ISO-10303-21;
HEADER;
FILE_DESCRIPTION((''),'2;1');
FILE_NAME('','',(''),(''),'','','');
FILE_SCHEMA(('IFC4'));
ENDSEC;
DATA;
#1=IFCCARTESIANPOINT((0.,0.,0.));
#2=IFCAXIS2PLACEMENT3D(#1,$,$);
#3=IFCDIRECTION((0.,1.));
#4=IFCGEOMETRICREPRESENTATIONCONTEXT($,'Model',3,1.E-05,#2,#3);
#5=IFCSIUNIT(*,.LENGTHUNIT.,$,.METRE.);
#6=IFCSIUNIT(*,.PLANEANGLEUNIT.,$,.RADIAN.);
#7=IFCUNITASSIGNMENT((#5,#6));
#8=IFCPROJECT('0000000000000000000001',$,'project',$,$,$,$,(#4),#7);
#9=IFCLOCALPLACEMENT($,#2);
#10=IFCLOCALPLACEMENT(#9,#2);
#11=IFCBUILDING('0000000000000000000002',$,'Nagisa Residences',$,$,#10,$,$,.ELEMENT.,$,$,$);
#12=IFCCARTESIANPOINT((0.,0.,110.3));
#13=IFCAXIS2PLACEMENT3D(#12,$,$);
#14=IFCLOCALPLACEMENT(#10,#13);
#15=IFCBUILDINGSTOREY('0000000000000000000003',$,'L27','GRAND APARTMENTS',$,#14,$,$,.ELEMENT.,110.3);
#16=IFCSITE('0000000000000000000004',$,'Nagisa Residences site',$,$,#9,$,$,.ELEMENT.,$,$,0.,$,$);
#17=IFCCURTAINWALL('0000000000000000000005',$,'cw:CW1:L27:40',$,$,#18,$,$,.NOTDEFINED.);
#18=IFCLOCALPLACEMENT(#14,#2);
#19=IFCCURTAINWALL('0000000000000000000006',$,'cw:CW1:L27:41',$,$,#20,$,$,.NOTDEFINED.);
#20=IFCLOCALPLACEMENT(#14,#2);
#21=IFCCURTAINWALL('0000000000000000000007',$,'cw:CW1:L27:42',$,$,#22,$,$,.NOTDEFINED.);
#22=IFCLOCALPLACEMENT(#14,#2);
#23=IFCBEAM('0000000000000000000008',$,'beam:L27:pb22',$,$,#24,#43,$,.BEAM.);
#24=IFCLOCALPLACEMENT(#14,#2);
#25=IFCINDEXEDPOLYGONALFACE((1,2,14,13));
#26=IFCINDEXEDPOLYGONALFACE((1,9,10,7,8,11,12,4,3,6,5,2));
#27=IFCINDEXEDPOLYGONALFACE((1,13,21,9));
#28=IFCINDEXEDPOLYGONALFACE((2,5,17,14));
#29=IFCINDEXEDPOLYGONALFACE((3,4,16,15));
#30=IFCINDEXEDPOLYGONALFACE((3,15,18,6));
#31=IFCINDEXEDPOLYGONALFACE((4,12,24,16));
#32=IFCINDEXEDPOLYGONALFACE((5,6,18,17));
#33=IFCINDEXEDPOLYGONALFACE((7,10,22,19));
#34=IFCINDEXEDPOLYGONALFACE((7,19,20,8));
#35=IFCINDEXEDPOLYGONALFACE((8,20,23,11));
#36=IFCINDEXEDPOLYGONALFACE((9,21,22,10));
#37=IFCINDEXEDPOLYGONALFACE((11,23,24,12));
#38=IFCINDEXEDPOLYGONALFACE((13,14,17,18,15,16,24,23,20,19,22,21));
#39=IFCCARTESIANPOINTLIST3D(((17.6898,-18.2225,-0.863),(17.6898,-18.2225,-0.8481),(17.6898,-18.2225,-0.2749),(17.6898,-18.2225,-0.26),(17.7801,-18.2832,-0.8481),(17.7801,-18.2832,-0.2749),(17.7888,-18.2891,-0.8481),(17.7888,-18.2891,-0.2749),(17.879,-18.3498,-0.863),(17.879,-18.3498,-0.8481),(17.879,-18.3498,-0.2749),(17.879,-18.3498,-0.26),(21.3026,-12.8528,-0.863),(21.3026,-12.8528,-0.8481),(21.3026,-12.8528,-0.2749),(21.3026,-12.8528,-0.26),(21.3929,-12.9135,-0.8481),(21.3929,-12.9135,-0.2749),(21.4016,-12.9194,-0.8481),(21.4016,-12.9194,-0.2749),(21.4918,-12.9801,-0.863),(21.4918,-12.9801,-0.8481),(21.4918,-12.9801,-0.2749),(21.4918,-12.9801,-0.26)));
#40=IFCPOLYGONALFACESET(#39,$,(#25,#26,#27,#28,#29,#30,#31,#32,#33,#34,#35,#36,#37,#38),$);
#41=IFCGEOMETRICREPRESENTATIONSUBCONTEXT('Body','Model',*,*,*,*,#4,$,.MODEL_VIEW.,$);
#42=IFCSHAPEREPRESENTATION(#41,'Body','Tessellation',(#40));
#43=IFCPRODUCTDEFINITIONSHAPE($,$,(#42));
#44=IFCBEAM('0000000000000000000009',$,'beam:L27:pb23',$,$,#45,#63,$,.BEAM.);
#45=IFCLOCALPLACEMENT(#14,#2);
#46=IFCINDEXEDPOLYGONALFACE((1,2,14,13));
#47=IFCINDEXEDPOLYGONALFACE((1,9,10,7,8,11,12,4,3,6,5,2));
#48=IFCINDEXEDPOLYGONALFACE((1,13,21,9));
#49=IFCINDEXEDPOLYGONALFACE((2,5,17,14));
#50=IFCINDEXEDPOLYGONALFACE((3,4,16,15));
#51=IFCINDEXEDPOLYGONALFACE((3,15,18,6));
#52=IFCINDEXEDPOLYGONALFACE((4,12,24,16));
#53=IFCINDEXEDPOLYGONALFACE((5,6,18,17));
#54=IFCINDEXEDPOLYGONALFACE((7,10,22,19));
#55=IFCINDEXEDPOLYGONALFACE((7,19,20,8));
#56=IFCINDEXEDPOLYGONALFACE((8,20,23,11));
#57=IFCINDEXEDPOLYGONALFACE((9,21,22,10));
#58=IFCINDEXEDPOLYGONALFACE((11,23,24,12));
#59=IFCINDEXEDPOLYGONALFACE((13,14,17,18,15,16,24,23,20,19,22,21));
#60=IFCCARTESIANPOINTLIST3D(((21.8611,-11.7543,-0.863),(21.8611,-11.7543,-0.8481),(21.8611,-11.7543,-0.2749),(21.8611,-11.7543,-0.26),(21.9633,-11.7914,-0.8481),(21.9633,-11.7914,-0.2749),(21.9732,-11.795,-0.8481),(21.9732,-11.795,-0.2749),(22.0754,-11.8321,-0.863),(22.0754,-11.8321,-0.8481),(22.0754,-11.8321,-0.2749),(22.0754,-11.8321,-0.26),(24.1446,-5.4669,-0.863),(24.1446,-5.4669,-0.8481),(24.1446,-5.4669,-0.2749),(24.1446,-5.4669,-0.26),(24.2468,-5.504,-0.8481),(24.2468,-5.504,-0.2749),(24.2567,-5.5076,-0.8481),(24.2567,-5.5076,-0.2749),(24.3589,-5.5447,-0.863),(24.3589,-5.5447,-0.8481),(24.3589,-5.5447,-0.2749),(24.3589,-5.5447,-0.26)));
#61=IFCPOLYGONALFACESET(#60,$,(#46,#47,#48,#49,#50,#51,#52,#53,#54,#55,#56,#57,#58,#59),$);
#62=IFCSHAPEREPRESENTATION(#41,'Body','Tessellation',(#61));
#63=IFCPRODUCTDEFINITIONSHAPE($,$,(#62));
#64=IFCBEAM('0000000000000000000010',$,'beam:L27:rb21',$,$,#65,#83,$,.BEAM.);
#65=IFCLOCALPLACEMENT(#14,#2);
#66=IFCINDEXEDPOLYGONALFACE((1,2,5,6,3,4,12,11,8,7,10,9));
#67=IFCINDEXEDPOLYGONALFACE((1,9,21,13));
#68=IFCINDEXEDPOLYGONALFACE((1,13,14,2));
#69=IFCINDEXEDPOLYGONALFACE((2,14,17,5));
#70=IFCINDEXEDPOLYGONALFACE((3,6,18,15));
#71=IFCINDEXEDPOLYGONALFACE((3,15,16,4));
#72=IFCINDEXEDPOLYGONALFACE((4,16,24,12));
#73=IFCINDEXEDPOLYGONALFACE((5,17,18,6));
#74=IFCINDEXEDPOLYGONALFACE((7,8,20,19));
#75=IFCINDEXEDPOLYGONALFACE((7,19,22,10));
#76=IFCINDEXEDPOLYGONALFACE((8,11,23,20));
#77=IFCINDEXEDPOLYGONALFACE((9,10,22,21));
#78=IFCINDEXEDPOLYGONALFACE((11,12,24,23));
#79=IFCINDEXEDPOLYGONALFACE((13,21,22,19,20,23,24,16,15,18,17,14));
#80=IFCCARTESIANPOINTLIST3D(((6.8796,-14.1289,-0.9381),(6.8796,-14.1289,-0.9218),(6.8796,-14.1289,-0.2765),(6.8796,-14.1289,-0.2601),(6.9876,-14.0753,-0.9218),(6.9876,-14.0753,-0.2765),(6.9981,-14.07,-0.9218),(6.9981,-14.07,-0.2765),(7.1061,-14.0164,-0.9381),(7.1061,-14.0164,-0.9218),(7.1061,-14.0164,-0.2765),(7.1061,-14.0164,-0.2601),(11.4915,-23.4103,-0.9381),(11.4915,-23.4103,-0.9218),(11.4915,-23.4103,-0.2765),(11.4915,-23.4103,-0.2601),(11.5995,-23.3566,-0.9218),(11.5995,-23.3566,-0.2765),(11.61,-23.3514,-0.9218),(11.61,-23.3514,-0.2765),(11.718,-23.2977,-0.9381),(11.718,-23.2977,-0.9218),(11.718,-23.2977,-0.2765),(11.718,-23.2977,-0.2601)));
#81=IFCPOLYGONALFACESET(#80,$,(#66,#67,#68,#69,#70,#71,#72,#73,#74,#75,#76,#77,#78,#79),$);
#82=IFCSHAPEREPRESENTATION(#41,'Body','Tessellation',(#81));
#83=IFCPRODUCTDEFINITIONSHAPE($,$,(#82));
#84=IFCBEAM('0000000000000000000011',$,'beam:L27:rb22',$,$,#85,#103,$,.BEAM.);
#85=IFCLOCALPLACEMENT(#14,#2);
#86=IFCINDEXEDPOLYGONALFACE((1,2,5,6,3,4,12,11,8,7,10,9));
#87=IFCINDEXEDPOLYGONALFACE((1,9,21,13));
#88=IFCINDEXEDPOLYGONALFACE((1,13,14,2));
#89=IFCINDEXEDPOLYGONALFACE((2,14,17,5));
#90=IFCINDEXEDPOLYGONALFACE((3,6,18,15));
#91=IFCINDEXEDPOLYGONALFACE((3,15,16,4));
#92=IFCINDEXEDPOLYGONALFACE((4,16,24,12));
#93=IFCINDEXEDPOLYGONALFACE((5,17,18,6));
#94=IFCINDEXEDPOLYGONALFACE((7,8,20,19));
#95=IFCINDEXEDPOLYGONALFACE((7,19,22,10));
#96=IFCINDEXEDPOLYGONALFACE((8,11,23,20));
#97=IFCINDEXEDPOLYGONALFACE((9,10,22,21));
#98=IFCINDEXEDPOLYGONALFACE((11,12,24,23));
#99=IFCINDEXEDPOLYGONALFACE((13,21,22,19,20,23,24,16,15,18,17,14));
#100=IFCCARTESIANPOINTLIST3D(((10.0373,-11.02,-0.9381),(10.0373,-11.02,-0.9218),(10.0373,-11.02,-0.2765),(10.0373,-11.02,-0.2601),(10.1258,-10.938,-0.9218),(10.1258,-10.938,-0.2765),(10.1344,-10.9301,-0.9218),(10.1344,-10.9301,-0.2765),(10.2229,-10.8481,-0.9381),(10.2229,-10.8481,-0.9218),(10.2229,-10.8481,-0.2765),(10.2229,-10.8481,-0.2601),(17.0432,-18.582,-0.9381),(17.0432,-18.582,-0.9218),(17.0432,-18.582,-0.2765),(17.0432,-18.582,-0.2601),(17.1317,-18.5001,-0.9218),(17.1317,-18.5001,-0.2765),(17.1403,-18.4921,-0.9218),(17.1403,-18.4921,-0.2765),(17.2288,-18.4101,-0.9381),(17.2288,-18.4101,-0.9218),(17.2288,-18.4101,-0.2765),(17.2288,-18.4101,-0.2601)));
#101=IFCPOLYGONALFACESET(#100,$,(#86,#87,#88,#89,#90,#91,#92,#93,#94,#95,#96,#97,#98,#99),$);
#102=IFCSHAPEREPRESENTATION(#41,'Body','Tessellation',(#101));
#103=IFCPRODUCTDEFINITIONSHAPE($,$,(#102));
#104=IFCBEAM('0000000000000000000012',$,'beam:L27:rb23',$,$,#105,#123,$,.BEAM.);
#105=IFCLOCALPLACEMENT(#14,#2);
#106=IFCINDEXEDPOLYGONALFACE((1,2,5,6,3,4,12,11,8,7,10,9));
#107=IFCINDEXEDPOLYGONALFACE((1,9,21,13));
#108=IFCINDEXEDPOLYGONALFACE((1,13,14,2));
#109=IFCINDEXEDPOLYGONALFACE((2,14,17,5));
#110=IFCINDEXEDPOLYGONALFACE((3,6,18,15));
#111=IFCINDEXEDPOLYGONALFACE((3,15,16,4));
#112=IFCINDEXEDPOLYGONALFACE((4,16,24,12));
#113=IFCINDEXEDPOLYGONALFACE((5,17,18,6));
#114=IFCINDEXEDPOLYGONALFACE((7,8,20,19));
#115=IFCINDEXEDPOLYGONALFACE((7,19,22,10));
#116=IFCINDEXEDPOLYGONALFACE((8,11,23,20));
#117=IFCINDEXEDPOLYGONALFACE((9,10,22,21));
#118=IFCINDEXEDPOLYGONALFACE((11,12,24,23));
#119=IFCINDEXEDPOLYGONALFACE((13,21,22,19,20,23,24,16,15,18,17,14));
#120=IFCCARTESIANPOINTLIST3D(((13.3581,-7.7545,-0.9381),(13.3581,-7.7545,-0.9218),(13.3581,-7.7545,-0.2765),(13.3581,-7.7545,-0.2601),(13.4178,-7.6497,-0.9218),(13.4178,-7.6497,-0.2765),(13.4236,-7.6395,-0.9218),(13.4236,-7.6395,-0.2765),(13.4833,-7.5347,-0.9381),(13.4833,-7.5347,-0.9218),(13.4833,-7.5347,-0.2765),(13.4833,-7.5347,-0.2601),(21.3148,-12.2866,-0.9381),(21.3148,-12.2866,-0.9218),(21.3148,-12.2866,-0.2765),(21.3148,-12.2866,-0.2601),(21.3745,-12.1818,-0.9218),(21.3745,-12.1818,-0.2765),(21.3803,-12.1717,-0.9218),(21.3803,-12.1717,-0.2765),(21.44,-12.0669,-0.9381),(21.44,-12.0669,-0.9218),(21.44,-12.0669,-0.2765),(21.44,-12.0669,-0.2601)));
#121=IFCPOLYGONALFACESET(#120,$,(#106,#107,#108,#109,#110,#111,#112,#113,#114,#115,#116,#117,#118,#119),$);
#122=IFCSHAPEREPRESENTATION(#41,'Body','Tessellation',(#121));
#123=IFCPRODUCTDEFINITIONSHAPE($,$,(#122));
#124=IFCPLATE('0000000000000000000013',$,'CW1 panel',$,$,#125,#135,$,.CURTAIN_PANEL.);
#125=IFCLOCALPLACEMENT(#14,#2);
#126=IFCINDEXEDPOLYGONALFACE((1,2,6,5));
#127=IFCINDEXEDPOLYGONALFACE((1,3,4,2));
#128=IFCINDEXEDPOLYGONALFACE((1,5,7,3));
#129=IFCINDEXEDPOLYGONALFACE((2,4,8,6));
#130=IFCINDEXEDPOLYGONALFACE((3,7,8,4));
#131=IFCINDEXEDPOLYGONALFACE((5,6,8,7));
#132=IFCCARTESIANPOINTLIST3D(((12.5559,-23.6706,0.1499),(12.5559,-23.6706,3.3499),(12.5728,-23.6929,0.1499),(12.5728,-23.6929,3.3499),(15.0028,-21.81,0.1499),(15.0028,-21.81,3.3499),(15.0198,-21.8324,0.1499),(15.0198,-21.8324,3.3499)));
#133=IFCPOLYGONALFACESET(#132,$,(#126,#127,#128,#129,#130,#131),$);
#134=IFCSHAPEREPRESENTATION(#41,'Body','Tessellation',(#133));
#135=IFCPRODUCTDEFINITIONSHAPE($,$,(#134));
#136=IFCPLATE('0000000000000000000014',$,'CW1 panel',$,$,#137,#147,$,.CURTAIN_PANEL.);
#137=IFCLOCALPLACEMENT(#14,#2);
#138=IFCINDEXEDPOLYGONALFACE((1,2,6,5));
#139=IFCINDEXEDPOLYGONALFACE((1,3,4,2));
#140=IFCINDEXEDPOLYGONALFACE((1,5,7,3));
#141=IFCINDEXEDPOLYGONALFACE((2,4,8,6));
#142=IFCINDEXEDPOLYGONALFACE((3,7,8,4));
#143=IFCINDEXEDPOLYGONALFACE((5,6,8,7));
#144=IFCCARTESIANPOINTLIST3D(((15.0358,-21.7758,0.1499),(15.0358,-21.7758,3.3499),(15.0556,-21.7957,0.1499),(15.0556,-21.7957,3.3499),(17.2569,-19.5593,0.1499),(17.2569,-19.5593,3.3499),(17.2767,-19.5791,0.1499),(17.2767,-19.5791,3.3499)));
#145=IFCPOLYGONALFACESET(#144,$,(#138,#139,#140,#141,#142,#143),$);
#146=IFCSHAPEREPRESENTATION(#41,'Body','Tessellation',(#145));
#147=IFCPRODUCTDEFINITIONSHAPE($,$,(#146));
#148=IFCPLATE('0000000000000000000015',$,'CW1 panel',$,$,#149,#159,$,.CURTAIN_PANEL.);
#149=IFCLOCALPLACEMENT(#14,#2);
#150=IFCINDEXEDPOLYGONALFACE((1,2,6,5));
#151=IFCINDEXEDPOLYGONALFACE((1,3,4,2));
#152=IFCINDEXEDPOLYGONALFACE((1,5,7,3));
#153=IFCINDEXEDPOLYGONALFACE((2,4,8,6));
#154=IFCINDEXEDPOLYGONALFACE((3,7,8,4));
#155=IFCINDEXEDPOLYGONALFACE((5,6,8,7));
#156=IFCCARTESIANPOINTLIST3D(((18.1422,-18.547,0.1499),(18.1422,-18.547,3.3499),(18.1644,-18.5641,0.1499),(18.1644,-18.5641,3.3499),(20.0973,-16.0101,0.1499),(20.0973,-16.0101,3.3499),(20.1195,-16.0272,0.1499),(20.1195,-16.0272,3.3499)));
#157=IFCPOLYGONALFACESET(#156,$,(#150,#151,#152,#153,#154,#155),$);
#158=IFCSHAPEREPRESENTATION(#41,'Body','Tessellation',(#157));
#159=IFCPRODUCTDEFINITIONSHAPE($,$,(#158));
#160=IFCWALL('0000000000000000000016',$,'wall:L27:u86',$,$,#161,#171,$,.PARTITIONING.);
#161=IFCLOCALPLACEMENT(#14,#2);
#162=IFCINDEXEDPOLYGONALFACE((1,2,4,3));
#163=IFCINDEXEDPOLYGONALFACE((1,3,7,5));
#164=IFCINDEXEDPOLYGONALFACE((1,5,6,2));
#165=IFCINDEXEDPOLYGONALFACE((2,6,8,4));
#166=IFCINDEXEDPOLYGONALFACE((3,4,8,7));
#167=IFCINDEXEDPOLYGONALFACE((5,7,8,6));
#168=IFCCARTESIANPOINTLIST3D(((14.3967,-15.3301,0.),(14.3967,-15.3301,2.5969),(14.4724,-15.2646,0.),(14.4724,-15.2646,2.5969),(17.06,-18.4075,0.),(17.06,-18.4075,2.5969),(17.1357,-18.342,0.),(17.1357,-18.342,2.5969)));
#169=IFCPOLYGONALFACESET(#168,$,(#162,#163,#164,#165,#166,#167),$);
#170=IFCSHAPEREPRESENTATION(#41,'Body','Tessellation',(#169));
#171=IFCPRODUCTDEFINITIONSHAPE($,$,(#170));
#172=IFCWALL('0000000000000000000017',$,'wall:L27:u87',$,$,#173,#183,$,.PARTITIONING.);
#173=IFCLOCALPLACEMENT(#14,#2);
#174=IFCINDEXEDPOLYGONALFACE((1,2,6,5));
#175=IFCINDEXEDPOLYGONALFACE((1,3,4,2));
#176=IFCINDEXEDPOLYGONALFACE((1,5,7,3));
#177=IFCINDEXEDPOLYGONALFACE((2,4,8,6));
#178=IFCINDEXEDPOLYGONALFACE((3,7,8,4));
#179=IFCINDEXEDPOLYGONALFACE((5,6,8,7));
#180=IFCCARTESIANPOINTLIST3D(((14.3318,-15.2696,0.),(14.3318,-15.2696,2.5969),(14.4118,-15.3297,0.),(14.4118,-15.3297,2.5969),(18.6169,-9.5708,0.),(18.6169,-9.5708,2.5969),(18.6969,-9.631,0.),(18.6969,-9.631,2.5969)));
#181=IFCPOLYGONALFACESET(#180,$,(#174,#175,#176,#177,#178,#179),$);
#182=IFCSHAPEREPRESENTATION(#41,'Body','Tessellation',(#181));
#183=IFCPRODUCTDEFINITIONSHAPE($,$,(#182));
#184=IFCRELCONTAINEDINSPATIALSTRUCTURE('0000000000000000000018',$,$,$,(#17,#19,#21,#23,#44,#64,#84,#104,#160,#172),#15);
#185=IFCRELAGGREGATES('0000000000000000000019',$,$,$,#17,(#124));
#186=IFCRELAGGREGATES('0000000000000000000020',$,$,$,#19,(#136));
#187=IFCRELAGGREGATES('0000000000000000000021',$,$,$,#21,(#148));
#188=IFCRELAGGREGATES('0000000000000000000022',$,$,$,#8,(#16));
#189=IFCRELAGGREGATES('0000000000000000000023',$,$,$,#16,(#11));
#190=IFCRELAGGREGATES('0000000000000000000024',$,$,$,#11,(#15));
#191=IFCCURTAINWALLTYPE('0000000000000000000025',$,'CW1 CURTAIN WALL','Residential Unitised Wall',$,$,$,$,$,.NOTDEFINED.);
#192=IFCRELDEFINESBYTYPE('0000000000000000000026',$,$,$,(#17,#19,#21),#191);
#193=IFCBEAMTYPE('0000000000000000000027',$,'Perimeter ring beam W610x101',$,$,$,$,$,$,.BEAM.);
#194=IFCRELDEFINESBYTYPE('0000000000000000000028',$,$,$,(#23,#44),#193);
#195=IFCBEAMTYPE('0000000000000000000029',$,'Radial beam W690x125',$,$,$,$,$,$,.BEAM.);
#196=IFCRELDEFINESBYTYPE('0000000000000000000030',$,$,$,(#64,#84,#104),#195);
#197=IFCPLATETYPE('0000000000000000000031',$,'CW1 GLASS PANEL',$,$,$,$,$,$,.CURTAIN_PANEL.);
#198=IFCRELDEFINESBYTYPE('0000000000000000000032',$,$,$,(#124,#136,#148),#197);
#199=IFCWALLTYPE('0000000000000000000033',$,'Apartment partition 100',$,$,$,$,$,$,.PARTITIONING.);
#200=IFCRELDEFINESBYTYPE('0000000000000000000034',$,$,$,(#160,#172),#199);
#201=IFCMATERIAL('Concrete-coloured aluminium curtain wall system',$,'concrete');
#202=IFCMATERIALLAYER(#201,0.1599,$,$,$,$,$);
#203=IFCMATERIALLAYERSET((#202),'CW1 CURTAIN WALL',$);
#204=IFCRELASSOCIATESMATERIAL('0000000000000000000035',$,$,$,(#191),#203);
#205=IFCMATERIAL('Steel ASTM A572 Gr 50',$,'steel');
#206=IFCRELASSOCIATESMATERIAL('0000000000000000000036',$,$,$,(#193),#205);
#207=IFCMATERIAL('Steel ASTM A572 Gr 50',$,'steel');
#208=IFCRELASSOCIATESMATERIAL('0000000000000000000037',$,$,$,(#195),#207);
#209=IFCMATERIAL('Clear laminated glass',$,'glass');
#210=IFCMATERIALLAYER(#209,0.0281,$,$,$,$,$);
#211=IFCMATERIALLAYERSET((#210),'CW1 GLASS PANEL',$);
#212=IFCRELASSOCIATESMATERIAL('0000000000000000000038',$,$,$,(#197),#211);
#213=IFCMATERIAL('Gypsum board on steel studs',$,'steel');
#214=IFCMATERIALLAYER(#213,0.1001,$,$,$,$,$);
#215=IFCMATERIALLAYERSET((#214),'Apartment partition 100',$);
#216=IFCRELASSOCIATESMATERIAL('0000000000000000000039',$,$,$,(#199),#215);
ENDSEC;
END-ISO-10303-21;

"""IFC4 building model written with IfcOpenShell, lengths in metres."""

from ifc_helpers import new_model, si_unit, direction, frame, frame_2d, origin, origin_2d, place, context, subcontext, project, spatial, rectangle, i_section, extrude, material, layer, layer_set, material_profile, profile_set, type_object, element, aggregate, save


model = new_model("IFC4")

# Units and contexts
model_context = context("Model", 3, precision=1e-05, world=origin(), true_north=direction((0.0, 1.0)))
body_context = subcontext(model_context, "Body", "Model", "MODEL_VIEW")
ifc_project = project(units=[si_unit("LENGTHUNIT", "METRE"), si_unit("PLANEANGLEUNIT", "RADIAN")], contexts=[model_context])

# Site, building, storey
site_placement = place(None, origin())
site = spatial("IfcSite", under=ifc_project, at=site_placement, Name="Nagisa Residences site", CompositionType="ELEMENT", RefElevation=0.0)
building_placement = place(site_placement, origin())
building = spatial("IfcBuilding", under=site, at=building_placement, Name="Nagisa Residences", CompositionType="ELEMENT")
storey_placement = place(building_placement, frame((0.0, 0.0, 110.3)))
storey = spatial("IfcBuildingStorey", under=building, at=storey_placement, Name="L27", Description="GRAND APARTMENTS", CompositionType="ELEMENT", Elevation=110.3)

# Curtain walls
ifc_material_1 = material(Name="Concrete-coloured aluminium curtain wall system", Category="concrete")
ifc_layer_1 = layer(ifc_material_1, 0.1599)
ifc_layer_set_1 = layer_set([ifc_layer_1], Name="CW1 CURTAIN WALL")
curtain_wall_type = type_object("IfcCurtainWallType", Name="CW1 CURTAIN WALL", Description="Residential Unitised Wall", PredefinedType="NOTDEFINED", material=ifc_layer_set_1)
curtain_wall_1_placement = place(storey_placement, origin())
curtain_wall_1 = element("IfcCurtainWall", 1, at=curtain_wall_1_placement, inside=storey, type_object=curtain_wall_type, Name="cw:CW1:L27:40", PredefinedType="NOTDEFINED")
curtain_wall_2_placement = place(storey_placement, origin())
curtain_wall_2 = element("IfcCurtainWall", 2, at=curtain_wall_2_placement, inside=storey, type_object=curtain_wall_type, Name="cw:CW1:L27:41", PredefinedType="NOTDEFINED")
curtain_wall_3_placement = place(storey_placement, origin())
curtain_wall_3 = element("IfcCurtainWall", 3, at=curtain_wall_3_placement, inside=storey, type_object=curtain_wall_type, Name="cw:CW1:L27:42", PredefinedType="NOTDEFINED")

# Beams
ifc_material_2 = material(Name="Steel ASTM A572 Gr 50", Category="steel")
ifc_material_profile_1 = material_profile(ifc_material_2, i_section(OverallWidth=0.228, OverallDepth=0.603, WebThickness=0.0105, FlangeThickness=0.0149, at=origin_2d()), Name="W610x101")
ifc_profile_set_1 = profile_set([ifc_material_profile_1], Name="Steel ASTM A572 Gr 50")
beam_type_1 = type_object("IfcBeamType", Name="Perimeter ring beam W610x101", PredefinedType="BEAM", material=ifc_profile_set_1)
beam_1_placement = place(storey_placement, frame((17.7844, -18.2861, -0.5615), z_axis=(0.55823, 0.829687, 0.0), x_axis=(-0.829687, 0.55823, 0.0)))
element("IfcBeam", 4, at=beam_1_placement, inside=storey, type_object=beam_type_1, Name="beam:L27:pb22", PredefinedType="BEAM", context=body_context, shape_type="SweptSolid", body=[
    extrude(i_section(OverallWidth=0.228, OverallDepth=0.603, WebThickness=0.0105, FlangeThickness=0.0149, at=origin_2d()), origin(), (0.0, 0.0, 1.0), 6.4719),
])
beam_2_placement = place(storey_placement, frame((21.9683, -11.7932, -0.5615), z_axis=(0.341365, 0.939931, 0.0), x_axis=(-0.939931, 0.341365, 0.0)))
element("IfcBeam", 5, at=beam_2_placement, inside=storey, type_object=beam_type_1, Name="beam:L27:pb23", PredefinedType="BEAM", context=body_context, shape_type="SweptSolid", body=[
    extrude(i_section(OverallWidth=0.228, OverallDepth=0.603, WebThickness=0.0105, FlangeThickness=0.0149, at=origin_2d()), origin(), (0.0, 0.0, 1.0), 6.6892),
])
ifc_material_3 = material(Name="Steel ASTM A572 Gr 50", Category="steel")
ifc_material_profile_2 = material_profile(ifc_material_3, i_section(OverallWidth=0.2529, OverallDepth=0.678, WebThickness=0.0117, FlangeThickness=0.0164, at=origin_2d()), Name="W690x125")
ifc_profile_set_2 = profile_set([ifc_material_profile_2], Name="Steel ASTM A572 Gr 50")
beam_type_2 = type_object("IfcBeamType", Name="Radial beam W690x125", PredefinedType="BEAM", material=ifc_profile_set_2)
beam_3_placement = place(storey_placement, frame((11.6047, -23.354, -0.5991), z_axis=(-0.444988, 0.895536, 0.0), x_axis=(-0.895536, -0.444988, 0.0)))
element("IfcBeam", 6, at=beam_3_placement, inside=storey, type_object=beam_type_2, Name="beam:L27:rb21", PredefinedType="BEAM", context=body_context, shape_type="SweptSolid", body=[
    extrude(i_section(OverallWidth=0.2529, OverallDepth=0.678, WebThickness=0.0117, FlangeThickness=0.0164, at=origin_2d()), origin(), (0.0, 0.0, 1.0), 10.364),
])
beam_4_placement = place(storey_placement, frame((17.136, -18.4961, -0.5991), z_axis=(-0.679617, 0.733567, 0.0), x_axis=(-0.733567, -0.679617, 0.0)))
element("IfcBeam", 7, at=beam_4_placement, inside=storey, type_object=beam_type_2, Name="beam:L27:rb22", PredefinedType="BEAM", context=body_context, shape_type="SweptSolid", body=[
    extrude(i_section(OverallWidth=0.2529, OverallDepth=0.678, WebThickness=0.0117, FlangeThickness=0.0164, at=origin_2d()), origin(), (0.0, 0.0, 1.0), 10.3086),
])
beam_5_placement = place(storey_placement, frame((21.3774, -12.1768, -0.5991), z_axis=(-0.868925, 0.494944, 0.0), x_axis=(-0.494944, -0.868925, 0.0)))
element("IfcBeam", 8, at=beam_5_placement, inside=storey, type_object=beam_type_2, Name="beam:L27:rb23", PredefinedType="BEAM", context=body_context, shape_type="SweptSolid", body=[
    extrude(i_section(OverallWidth=0.2529, OverallDepth=0.678, WebThickness=0.0117, FlangeThickness=0.0164, at=origin_2d()), origin(), (0.0, 0.0, 1.0), 9.157),
])

# Plates
ifc_material_4 = material(Name="Clear laminated glass", Category="glass")
ifc_layer_2 = layer(ifc_material_4, 0.0281)
ifc_layer_set_2 = layer_set([ifc_layer_2], Name="CW1 GLASS PANEL")
plate_type = type_object("IfcPlateType", Name="CW1 GLASS PANEL", PredefinedType="CURTAIN_PANEL", material=ifc_layer_set_2)
plate_1_placement = place(storey_placement, frame((13.7878, -22.7515, 0.1499), z_axis=(0.0, 0.0, 1.0), x_axis=(0.796031, 0.605255, 0.0)))
plate_1 = element("IfcPlate", 9, at=plate_1_placement, type_object=plate_type, Name="CW1 panel", PredefinedType="CURTAIN_PANEL", context=body_context, shape_type="SweptSolid", body=[
    extrude(rectangle(XDim=3.074, YDim=0.0281, at=origin_2d()), origin(), (0.0, 0.0, 1.0), 3.2),
])
aggregate(curtain_wall_1, [plate_1])
plate_2_placement = place(storey_placement, frame((16.1562, -20.6775, 0.1499), z_axis=(0.0, 0.0, 1.0), x_axis=(0.707836, 0.706377, 0.0)))
plate_2 = element("IfcPlate", 10, at=plate_2_placement, type_object=plate_type, Name="CW1 panel", PredefinedType="CURTAIN_PANEL", context=body_context, shape_type="SweptSolid", body=[
    extrude(rectangle(XDim=3.1379, YDim=0.0281, at=origin_2d()), origin(), (0.0, 0.0, 1.0), 3.2),
])
aggregate(curtain_wall_2, [plate_2])
plate_3_placement = place(storey_placement, frame((19.1309, -17.2871, 0.1499), z_axis=(0.0, 0.0, 1.0), x_axis=(0.61043, 0.79207, 0.0)))
plate_3 = element("IfcPlate", 11, at=plate_3_placement, type_object=plate_type, Name="CW1 panel", PredefinedType="CURTAIN_PANEL", context=body_context, shape_type="SweptSolid", body=[
    extrude(rectangle(XDim=3.2029, YDim=0.0281, at=origin_2d()), origin(), (0.0, 0.0, 1.0), 3.2),
])
aggregate(curtain_wall_3, [plate_3])

# Walls
ifc_material_5 = material(Name="Gypsum board on steel studs", Category="steel")
ifc_layer_3 = layer(ifc_material_5, 0.1001)
ifc_layer_set_3 = layer_set([ifc_layer_3], Name="Apartment partition 100")
wall_type_1 = type_object("IfcWallType", Name="Apartment partition 100", PredefinedType="PARTITIONING", material=ifc_layer_set_3)
wall_1_placement = place(storey_placement, frame((14.4346, -15.2974, 0.0), z_axis=(0.0, 0.0, 1.0), x_axis=(0.654405, -0.756144, 0.0)))
element("IfcWall", 12, at=wall_1_placement, inside=storey, type_object=wall_type_1, Name="wall:L27:u86", PredefinedType="PARTITIONING", context=body_context, shape_type="SweptSolid", body=[
    extrude(rectangle(XDim=4.0698, YDim=0.1001, at=frame_2d((2.0349, 0.0))), origin(), (0.0, 0.0, 1.0), 2.5969),
])
wall_2_placement = place(storey_placement, frame((14.3718, -15.2996, 0.0), z_axis=(0.0, 0.0, 1.0), x_axis=(0.600997, 0.799252, 0.0)))
element("IfcWall", 13, at=wall_2_placement, inside=storey, type_object=wall_type_1, Name="wall:L27:u87", PredefinedType="PARTITIONING", context=body_context, shape_type="SweptSolid", body=[
    extrude(rectangle(XDim=7.1301, YDim=0.1001, at=frame_2d((3.5649, 0.0))), origin(), (0.0, 0.0, 1.0), 2.5969),
])

save(model, "model.ifc")
